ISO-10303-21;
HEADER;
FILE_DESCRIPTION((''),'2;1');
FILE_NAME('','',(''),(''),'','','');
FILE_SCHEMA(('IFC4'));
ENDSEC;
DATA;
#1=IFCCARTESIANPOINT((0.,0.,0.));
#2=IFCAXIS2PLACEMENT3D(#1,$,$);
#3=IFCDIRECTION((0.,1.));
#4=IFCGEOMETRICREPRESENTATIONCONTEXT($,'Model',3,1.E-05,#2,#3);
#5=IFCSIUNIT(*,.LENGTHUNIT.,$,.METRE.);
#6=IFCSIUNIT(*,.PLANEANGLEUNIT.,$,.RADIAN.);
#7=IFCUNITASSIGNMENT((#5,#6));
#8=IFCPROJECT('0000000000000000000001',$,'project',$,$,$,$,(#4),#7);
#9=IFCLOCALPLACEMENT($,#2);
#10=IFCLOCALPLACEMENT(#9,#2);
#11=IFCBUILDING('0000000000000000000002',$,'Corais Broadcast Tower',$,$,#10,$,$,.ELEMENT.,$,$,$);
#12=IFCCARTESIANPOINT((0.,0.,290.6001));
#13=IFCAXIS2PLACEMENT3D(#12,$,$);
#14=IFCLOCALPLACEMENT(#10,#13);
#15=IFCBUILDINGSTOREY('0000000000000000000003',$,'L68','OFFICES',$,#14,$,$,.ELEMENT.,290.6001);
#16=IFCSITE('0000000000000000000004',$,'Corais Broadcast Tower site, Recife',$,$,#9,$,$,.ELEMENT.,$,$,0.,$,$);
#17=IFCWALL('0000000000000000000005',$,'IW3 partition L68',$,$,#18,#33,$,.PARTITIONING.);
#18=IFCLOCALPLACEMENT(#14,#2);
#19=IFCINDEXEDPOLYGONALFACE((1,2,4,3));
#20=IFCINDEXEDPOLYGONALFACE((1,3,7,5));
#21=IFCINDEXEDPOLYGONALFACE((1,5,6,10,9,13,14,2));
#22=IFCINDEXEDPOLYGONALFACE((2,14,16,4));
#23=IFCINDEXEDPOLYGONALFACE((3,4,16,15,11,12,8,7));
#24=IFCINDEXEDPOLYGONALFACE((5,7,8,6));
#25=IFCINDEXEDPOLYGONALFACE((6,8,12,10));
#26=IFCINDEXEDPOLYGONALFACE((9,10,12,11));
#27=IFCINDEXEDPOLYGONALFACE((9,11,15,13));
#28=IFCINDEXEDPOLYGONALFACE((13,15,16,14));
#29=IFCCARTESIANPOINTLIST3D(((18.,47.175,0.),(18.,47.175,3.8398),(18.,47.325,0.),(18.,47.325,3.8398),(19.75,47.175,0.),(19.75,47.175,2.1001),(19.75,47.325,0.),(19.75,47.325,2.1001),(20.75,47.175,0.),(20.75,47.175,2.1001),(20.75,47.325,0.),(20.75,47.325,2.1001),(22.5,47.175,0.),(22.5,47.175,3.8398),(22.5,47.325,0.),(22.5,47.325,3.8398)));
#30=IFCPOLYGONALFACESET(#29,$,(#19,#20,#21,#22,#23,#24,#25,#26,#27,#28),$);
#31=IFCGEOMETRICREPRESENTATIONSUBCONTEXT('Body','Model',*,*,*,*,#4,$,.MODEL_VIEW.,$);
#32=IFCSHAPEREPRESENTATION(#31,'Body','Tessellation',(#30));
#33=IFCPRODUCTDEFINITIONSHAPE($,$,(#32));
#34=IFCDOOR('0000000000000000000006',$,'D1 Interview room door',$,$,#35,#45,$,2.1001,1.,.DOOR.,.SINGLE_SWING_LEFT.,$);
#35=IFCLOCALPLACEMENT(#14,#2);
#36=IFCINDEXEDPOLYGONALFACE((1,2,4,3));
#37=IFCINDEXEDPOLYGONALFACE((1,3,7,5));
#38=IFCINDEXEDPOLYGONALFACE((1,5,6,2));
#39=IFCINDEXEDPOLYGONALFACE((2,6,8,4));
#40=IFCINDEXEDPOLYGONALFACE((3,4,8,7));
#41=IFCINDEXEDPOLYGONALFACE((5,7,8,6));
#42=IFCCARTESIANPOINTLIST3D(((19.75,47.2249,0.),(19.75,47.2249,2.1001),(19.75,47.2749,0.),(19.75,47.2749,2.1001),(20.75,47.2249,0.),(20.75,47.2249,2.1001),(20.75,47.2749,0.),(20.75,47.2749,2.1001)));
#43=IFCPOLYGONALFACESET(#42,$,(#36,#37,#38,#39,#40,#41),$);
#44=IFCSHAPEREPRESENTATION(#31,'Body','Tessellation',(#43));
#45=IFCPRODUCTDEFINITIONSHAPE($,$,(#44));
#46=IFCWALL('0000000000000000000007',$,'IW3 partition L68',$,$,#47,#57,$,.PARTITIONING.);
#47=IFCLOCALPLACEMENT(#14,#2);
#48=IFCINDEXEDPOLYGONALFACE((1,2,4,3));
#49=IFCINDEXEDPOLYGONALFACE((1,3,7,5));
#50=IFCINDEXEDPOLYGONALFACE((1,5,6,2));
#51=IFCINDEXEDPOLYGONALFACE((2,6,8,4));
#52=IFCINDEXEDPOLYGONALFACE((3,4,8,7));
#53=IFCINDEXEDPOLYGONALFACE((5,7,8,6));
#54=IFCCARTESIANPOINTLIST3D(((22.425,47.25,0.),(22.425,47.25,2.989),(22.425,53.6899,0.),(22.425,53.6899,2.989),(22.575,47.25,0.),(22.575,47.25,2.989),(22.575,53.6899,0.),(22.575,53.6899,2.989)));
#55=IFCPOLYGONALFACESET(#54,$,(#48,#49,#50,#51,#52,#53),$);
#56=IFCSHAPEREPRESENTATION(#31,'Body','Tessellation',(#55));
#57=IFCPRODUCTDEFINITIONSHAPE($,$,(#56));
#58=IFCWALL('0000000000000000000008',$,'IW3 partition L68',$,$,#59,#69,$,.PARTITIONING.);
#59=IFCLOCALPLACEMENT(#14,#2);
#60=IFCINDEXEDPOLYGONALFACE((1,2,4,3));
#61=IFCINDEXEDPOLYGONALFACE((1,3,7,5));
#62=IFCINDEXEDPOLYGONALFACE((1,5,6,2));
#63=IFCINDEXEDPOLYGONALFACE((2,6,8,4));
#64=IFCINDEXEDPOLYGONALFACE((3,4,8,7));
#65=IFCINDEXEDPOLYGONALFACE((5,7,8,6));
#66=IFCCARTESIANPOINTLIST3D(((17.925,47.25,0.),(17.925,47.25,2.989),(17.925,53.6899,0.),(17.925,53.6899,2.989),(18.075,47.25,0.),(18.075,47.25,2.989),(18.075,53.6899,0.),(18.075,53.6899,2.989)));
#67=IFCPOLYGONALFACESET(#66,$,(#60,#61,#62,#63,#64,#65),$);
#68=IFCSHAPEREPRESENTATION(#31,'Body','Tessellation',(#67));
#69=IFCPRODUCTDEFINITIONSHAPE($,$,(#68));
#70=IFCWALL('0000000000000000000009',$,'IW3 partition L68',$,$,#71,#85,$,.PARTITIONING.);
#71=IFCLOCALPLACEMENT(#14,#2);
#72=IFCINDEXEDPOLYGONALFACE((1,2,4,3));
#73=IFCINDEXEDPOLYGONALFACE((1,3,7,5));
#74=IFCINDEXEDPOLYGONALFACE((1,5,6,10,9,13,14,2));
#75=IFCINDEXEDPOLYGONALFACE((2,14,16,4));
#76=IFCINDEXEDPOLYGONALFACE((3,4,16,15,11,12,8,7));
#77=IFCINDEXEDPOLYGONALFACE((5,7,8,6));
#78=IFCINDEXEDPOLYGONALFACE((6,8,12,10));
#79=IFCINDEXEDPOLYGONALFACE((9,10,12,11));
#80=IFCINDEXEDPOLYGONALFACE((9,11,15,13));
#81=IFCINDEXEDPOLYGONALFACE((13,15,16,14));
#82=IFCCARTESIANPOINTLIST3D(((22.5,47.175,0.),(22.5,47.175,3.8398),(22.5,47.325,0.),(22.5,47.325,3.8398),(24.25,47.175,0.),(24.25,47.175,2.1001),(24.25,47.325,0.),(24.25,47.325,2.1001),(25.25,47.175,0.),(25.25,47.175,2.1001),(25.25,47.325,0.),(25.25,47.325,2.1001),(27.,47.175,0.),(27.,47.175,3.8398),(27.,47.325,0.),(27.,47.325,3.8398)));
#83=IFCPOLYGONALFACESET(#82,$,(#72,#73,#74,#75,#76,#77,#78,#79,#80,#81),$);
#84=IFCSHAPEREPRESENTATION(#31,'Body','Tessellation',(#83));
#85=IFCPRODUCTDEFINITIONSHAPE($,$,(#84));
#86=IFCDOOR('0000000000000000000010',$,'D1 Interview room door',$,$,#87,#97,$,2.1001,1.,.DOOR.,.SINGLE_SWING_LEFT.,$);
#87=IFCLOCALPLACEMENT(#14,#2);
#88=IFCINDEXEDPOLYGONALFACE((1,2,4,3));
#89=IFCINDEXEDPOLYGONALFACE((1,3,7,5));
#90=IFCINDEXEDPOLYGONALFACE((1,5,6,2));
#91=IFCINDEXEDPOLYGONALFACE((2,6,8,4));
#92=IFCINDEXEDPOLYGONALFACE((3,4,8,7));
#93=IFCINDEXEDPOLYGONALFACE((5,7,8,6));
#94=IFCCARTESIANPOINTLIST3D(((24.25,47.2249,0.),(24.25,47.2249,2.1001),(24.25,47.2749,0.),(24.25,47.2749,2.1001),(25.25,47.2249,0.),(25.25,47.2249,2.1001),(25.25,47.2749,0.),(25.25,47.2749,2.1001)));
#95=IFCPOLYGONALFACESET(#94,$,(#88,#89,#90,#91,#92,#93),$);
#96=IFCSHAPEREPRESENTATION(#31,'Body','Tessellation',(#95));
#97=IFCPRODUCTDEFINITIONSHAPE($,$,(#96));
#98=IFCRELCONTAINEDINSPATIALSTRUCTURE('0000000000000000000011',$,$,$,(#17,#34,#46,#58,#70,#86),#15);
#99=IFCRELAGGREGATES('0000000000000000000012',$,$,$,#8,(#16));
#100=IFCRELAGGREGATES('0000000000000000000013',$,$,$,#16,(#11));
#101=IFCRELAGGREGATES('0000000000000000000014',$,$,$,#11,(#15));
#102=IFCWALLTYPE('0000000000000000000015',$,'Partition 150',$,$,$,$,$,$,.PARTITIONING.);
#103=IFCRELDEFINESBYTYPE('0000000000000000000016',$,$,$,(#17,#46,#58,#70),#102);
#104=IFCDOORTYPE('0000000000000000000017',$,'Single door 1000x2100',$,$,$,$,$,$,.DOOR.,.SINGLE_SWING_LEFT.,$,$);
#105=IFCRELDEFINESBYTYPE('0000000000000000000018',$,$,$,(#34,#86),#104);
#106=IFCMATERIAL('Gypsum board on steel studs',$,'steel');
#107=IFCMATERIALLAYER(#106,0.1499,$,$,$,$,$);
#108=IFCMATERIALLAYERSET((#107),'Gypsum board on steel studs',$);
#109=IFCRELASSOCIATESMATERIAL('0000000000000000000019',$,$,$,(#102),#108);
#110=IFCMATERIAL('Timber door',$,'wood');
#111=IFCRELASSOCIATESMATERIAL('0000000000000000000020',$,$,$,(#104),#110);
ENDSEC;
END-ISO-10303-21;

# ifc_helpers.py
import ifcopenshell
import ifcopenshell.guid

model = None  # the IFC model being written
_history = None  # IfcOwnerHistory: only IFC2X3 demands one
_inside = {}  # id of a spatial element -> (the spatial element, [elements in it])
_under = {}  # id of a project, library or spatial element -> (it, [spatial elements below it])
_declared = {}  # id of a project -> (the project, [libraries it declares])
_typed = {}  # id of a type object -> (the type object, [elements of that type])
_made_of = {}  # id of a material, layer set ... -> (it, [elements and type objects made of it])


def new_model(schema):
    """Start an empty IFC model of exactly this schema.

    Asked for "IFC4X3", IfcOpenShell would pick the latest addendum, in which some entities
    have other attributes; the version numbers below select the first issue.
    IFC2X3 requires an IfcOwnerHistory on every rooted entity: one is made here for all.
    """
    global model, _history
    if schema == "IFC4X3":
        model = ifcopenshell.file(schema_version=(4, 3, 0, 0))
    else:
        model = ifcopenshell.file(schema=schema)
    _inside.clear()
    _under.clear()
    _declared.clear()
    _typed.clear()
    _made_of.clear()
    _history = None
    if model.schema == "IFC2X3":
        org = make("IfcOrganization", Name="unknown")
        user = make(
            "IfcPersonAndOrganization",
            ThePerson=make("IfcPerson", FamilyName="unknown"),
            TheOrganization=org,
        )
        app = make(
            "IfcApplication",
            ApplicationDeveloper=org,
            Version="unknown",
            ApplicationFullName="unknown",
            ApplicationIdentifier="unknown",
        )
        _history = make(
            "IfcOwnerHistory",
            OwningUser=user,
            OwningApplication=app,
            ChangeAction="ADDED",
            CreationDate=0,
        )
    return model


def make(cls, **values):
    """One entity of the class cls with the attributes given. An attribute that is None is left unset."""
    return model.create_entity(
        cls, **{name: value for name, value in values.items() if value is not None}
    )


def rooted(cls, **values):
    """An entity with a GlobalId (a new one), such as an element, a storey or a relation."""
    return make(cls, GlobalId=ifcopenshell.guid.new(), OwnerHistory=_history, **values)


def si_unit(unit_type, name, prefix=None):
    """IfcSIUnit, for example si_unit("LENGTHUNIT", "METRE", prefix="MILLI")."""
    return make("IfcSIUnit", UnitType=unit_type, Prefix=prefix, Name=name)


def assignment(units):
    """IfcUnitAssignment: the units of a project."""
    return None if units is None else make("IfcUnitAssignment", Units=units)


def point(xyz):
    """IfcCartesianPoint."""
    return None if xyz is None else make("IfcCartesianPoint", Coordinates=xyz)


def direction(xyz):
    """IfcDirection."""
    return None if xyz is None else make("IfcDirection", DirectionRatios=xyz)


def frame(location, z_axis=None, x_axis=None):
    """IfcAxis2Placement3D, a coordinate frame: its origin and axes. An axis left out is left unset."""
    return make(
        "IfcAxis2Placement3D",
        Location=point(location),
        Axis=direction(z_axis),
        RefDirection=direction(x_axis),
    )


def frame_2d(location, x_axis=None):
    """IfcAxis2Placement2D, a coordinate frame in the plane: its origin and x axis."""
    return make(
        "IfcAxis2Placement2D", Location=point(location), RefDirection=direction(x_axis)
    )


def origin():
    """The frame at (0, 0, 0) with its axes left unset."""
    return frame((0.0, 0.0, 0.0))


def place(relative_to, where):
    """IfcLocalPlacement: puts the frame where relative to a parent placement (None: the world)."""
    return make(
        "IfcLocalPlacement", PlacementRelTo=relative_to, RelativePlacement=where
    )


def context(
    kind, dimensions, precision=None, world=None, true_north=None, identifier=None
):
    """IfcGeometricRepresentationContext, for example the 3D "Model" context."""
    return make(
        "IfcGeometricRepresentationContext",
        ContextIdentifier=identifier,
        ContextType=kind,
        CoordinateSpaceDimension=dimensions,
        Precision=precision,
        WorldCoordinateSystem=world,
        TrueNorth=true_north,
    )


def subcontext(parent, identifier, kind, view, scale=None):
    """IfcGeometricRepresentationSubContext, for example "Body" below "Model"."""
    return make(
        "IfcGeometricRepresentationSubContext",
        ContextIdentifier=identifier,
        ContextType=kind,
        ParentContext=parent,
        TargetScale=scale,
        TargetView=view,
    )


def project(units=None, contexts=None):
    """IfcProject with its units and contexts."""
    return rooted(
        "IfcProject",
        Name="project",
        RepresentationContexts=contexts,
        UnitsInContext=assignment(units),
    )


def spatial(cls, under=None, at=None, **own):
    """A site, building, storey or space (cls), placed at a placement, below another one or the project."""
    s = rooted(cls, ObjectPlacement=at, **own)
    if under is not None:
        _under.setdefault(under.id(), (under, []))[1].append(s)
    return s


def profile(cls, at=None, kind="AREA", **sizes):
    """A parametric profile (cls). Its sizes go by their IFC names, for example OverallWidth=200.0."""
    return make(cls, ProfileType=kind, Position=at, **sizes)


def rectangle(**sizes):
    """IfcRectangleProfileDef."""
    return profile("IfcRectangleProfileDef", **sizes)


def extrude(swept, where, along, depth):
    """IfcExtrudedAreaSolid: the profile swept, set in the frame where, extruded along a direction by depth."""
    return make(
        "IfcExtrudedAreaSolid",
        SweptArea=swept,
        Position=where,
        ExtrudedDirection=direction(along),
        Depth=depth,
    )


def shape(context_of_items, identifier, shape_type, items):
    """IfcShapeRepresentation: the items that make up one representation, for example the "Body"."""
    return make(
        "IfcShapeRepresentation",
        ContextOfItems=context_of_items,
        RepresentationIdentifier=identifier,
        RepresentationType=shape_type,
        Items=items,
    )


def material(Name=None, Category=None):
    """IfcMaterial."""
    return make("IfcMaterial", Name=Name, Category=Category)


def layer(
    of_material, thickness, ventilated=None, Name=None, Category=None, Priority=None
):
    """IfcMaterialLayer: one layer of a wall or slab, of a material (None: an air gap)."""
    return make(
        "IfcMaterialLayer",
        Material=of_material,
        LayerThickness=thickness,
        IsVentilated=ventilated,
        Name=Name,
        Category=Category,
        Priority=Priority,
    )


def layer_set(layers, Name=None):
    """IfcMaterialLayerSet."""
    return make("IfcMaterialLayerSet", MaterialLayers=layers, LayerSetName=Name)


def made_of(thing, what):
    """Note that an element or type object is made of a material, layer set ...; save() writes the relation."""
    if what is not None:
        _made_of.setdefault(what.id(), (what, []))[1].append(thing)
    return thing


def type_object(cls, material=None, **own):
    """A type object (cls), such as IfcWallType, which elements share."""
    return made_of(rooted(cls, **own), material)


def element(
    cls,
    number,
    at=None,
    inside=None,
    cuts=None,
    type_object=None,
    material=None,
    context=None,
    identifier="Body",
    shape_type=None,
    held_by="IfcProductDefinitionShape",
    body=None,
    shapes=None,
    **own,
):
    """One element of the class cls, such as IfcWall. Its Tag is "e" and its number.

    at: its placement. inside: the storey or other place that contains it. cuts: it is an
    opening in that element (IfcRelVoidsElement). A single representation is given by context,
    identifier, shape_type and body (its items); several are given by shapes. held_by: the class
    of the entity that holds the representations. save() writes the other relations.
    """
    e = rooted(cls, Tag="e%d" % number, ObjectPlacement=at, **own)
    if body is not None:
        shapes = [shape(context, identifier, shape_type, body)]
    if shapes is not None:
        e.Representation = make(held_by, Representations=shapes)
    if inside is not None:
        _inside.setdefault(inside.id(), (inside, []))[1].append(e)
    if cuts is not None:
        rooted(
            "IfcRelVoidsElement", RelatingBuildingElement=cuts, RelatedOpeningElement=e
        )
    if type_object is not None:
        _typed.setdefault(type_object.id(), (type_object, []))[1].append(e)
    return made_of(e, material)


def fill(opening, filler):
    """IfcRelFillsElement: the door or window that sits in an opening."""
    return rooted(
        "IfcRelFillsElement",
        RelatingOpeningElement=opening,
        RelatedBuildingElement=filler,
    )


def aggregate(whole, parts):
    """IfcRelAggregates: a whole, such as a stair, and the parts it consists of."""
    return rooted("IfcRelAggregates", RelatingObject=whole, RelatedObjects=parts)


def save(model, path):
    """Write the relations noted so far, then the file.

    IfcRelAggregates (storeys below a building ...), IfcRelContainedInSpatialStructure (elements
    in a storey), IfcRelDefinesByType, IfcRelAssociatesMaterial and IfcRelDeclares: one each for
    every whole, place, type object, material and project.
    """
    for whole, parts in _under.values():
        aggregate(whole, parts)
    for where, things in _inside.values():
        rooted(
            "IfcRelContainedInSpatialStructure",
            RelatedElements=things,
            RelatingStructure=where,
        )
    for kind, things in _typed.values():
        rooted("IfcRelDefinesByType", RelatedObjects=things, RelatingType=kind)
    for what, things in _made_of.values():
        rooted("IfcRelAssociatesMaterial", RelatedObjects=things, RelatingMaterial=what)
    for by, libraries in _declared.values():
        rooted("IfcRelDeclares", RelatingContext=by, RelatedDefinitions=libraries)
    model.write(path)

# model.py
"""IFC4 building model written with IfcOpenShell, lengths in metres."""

from ifc_helpers import new_model, si_unit, direction, frame, frame_2d, origin, place, context, subcontext, project, spatial, rectangle, extrude, material, layer, layer_set, type_object, element, fill, save


model = new_model("IFC4")

# Units and contexts
model_context = context("Model", 3, precision=1e-05, world=origin(), true_north=direction((0.0, 1.0)))
body_context = subcontext(model_context, "Body", "Model", "MODEL_VIEW")
ifc_project = project(units=[si_unit("LENGTHUNIT", "METRE"), si_unit("PLANEANGLEUNIT", "RADIAN")], contexts=[model_context])

# Site, building, storey
site_placement = place(None, origin())
site = spatial("IfcSite", under=ifc_project, at=site_placement, Name="Corais Broadcast Tower site, Recife", CompositionType="ELEMENT", RefElevation=0.0)
building_placement = place(site_placement, origin())
building = spatial("IfcBuilding", under=site, at=building_placement, Name="Corais Broadcast Tower", CompositionType="ELEMENT")
storey_placement = place(building_placement, frame((0.0, 0.0, 290.6001)))
storey = spatial("IfcBuildingStorey", under=building, at=storey_placement, Name="L68", Description="OFFICES", CompositionType="ELEMENT", Elevation=290.6001)

# Wall, opening, door
ifc_material_1 = material(Name="Gypsum board on steel studs", Category="steel")
ifc_layer_1 = layer(ifc_material_1, 0.1499)
ifc_layer_set_1 = layer_set([ifc_layer_1], Name="Gypsum board on steel studs")
wall_type = type_object("IfcWallType", Name="Partition 150", PredefinedType="PARTITIONING", material=ifc_layer_set_1)
wall_1_placement = place(storey_placement, frame((18.0, 47.25, 0.0), z_axis=(0.0, 0.0, 1.0), x_axis=(1.0, 0.0, 0.0)))
wall_1 = element("IfcWall", 1, at=wall_1_placement, inside=storey, type_object=wall_type, Name="IW3 partition L68", PredefinedType="PARTITIONING", context=body_context, shape_type="SweptSolid", body=[
    extrude(rectangle(XDim=4.5, YDim=0.1499, at=frame_2d((2.25, 0.0))), origin(), (0.0, 0.0, 1.0), 3.8398),
])
opening_1_placement = place(wall_1_placement, frame((1.75, 0.0, 0.0)))
opening_1 = element("IfcOpeningElement", 2, at=opening_1_placement, cuts=wall_1, PredefinedType="OPENING", context=body_context, shape_type="SweptSolid", body=[
    extrude(rectangle(XDim=1.0, YDim=2.1001, at=frame_2d((0.5, 1.05))), frame((0.0, 0.085, 0.0), z_axis=(0.0, -1.0, 0.0), x_axis=(1.0, 0.0, 0.0)), (0.0, 0.0, 1.0), 0.1699),
])
ifc_material_2 = material(Name="Timber door", Category="wood")
door_type = type_object("IfcDoorType", Name="Single door 1000x2100", OperationType="SINGLE_SWING_LEFT", PredefinedType="DOOR", material=ifc_material_2)
door_1_placement = place(opening_1_placement, origin())
door_1 = element("IfcDoor", 3, at=door_1_placement, inside=storey, type_object=door_type, Name="D1 Interview room door", OperationType="SINGLE_SWING_LEFT", OverallHeight=2.1001, OverallWidth=1.0, PredefinedType="DOOR", context=body_context, shape_type="SweptSolid", body=[
    extrude(rectangle(XDim=1.0, YDim=2.1001, at=frame_2d((0.5, 1.05))), frame((0.0, 0.0249, 0.0), z_axis=(0.0, -1.0, 0.0), x_axis=(1.0, 0.0, 0.0)), (0.0, 0.0, 1.0), 0.05),
])
fill(opening_1, door_1)

# Walls
for number, where, z_axis, x_axis, name in (
    (4, (22.5, 47.25, 0.0), (0.0, 0.0, 1.0), (0.0, 1.0, 0.0), "IW3 partition L68"),
    (5, (18.0, 53.6899, 0.0), (0.0, 0.0, 1.0), (0.0, -1.0, 0.0), "IW3 partition L68"),
):
    element("IfcWall", number, at=place(storey_placement, frame(where, z_axis=z_axis, x_axis=x_axis)), inside=storey, type_object=wall_type, Name=name, PredefinedType="PARTITIONING", context=body_context, shape_type="SweptSolid", body=[
        extrude(rectangle(XDim=6.4399, YDim=0.1499, at=frame_2d((3.22, 0.0))), origin(), (0.0, 0.0, 1.0), 2.989),
    ])

# Wall, opening, door
wall_2_placement = place(storey_placement, frame((22.5, 47.25, 0.0), z_axis=(0.0, 0.0, 1.0), x_axis=(1.0, 0.0, 0.0)))
wall_2 = element("IfcWall", 6, at=wall_2_placement, inside=storey, type_object=wall_type, Name="IW3 partition L68", PredefinedType="PARTITIONING", context=body_context, shape_type="SweptSolid", body=[
    extrude(rectangle(XDim=4.5, YDim=0.1499, at=frame_2d((2.25, 0.0))), origin(), (0.0, 0.0, 1.0), 3.8398),
])
opening_2_placement = place(wall_2_placement, frame((1.75, 0.0, 0.0)))
opening_2 = element("IfcOpeningElement", 7, at=opening_2_placement, cuts=wall_2, PredefinedType="OPENING", context=body_context, shape_type="SweptSolid", body=[
    extrude(rectangle(XDim=1.0, YDim=2.1001, at=frame_2d((0.5, 1.05))), frame((0.0, 0.085, 0.0), z_axis=(0.0, -1.0, 0.0), x_axis=(1.0, 0.0, 0.0)), (0.0, 0.0, 1.0), 0.1699),
])
door_2_placement = place(opening_2_placement, origin())
door_2 = element("IfcDoor", 8, at=door_2_placement, inside=storey, type_object=door_type, Name="D1 Interview room door", OperationType="SINGLE_SWING_LEFT", OverallHeight=2.1001, OverallWidth=1.0, PredefinedType="DOOR", context=body_context, shape_type="SweptSolid", body=[
    extrude(rectangle(XDim=1.0, YDim=2.1001, at=frame_2d((0.5, 1.05))), frame((0.0, 0.0249, 0.0), z_axis=(0.0, -1.0, 0.0), x_axis=(1.0, 0.0, 0.0)), (0.0, 0.0, 1.0), 0.05),
])
fill(opening_2, door_2)

save(model, "model.ifc")
